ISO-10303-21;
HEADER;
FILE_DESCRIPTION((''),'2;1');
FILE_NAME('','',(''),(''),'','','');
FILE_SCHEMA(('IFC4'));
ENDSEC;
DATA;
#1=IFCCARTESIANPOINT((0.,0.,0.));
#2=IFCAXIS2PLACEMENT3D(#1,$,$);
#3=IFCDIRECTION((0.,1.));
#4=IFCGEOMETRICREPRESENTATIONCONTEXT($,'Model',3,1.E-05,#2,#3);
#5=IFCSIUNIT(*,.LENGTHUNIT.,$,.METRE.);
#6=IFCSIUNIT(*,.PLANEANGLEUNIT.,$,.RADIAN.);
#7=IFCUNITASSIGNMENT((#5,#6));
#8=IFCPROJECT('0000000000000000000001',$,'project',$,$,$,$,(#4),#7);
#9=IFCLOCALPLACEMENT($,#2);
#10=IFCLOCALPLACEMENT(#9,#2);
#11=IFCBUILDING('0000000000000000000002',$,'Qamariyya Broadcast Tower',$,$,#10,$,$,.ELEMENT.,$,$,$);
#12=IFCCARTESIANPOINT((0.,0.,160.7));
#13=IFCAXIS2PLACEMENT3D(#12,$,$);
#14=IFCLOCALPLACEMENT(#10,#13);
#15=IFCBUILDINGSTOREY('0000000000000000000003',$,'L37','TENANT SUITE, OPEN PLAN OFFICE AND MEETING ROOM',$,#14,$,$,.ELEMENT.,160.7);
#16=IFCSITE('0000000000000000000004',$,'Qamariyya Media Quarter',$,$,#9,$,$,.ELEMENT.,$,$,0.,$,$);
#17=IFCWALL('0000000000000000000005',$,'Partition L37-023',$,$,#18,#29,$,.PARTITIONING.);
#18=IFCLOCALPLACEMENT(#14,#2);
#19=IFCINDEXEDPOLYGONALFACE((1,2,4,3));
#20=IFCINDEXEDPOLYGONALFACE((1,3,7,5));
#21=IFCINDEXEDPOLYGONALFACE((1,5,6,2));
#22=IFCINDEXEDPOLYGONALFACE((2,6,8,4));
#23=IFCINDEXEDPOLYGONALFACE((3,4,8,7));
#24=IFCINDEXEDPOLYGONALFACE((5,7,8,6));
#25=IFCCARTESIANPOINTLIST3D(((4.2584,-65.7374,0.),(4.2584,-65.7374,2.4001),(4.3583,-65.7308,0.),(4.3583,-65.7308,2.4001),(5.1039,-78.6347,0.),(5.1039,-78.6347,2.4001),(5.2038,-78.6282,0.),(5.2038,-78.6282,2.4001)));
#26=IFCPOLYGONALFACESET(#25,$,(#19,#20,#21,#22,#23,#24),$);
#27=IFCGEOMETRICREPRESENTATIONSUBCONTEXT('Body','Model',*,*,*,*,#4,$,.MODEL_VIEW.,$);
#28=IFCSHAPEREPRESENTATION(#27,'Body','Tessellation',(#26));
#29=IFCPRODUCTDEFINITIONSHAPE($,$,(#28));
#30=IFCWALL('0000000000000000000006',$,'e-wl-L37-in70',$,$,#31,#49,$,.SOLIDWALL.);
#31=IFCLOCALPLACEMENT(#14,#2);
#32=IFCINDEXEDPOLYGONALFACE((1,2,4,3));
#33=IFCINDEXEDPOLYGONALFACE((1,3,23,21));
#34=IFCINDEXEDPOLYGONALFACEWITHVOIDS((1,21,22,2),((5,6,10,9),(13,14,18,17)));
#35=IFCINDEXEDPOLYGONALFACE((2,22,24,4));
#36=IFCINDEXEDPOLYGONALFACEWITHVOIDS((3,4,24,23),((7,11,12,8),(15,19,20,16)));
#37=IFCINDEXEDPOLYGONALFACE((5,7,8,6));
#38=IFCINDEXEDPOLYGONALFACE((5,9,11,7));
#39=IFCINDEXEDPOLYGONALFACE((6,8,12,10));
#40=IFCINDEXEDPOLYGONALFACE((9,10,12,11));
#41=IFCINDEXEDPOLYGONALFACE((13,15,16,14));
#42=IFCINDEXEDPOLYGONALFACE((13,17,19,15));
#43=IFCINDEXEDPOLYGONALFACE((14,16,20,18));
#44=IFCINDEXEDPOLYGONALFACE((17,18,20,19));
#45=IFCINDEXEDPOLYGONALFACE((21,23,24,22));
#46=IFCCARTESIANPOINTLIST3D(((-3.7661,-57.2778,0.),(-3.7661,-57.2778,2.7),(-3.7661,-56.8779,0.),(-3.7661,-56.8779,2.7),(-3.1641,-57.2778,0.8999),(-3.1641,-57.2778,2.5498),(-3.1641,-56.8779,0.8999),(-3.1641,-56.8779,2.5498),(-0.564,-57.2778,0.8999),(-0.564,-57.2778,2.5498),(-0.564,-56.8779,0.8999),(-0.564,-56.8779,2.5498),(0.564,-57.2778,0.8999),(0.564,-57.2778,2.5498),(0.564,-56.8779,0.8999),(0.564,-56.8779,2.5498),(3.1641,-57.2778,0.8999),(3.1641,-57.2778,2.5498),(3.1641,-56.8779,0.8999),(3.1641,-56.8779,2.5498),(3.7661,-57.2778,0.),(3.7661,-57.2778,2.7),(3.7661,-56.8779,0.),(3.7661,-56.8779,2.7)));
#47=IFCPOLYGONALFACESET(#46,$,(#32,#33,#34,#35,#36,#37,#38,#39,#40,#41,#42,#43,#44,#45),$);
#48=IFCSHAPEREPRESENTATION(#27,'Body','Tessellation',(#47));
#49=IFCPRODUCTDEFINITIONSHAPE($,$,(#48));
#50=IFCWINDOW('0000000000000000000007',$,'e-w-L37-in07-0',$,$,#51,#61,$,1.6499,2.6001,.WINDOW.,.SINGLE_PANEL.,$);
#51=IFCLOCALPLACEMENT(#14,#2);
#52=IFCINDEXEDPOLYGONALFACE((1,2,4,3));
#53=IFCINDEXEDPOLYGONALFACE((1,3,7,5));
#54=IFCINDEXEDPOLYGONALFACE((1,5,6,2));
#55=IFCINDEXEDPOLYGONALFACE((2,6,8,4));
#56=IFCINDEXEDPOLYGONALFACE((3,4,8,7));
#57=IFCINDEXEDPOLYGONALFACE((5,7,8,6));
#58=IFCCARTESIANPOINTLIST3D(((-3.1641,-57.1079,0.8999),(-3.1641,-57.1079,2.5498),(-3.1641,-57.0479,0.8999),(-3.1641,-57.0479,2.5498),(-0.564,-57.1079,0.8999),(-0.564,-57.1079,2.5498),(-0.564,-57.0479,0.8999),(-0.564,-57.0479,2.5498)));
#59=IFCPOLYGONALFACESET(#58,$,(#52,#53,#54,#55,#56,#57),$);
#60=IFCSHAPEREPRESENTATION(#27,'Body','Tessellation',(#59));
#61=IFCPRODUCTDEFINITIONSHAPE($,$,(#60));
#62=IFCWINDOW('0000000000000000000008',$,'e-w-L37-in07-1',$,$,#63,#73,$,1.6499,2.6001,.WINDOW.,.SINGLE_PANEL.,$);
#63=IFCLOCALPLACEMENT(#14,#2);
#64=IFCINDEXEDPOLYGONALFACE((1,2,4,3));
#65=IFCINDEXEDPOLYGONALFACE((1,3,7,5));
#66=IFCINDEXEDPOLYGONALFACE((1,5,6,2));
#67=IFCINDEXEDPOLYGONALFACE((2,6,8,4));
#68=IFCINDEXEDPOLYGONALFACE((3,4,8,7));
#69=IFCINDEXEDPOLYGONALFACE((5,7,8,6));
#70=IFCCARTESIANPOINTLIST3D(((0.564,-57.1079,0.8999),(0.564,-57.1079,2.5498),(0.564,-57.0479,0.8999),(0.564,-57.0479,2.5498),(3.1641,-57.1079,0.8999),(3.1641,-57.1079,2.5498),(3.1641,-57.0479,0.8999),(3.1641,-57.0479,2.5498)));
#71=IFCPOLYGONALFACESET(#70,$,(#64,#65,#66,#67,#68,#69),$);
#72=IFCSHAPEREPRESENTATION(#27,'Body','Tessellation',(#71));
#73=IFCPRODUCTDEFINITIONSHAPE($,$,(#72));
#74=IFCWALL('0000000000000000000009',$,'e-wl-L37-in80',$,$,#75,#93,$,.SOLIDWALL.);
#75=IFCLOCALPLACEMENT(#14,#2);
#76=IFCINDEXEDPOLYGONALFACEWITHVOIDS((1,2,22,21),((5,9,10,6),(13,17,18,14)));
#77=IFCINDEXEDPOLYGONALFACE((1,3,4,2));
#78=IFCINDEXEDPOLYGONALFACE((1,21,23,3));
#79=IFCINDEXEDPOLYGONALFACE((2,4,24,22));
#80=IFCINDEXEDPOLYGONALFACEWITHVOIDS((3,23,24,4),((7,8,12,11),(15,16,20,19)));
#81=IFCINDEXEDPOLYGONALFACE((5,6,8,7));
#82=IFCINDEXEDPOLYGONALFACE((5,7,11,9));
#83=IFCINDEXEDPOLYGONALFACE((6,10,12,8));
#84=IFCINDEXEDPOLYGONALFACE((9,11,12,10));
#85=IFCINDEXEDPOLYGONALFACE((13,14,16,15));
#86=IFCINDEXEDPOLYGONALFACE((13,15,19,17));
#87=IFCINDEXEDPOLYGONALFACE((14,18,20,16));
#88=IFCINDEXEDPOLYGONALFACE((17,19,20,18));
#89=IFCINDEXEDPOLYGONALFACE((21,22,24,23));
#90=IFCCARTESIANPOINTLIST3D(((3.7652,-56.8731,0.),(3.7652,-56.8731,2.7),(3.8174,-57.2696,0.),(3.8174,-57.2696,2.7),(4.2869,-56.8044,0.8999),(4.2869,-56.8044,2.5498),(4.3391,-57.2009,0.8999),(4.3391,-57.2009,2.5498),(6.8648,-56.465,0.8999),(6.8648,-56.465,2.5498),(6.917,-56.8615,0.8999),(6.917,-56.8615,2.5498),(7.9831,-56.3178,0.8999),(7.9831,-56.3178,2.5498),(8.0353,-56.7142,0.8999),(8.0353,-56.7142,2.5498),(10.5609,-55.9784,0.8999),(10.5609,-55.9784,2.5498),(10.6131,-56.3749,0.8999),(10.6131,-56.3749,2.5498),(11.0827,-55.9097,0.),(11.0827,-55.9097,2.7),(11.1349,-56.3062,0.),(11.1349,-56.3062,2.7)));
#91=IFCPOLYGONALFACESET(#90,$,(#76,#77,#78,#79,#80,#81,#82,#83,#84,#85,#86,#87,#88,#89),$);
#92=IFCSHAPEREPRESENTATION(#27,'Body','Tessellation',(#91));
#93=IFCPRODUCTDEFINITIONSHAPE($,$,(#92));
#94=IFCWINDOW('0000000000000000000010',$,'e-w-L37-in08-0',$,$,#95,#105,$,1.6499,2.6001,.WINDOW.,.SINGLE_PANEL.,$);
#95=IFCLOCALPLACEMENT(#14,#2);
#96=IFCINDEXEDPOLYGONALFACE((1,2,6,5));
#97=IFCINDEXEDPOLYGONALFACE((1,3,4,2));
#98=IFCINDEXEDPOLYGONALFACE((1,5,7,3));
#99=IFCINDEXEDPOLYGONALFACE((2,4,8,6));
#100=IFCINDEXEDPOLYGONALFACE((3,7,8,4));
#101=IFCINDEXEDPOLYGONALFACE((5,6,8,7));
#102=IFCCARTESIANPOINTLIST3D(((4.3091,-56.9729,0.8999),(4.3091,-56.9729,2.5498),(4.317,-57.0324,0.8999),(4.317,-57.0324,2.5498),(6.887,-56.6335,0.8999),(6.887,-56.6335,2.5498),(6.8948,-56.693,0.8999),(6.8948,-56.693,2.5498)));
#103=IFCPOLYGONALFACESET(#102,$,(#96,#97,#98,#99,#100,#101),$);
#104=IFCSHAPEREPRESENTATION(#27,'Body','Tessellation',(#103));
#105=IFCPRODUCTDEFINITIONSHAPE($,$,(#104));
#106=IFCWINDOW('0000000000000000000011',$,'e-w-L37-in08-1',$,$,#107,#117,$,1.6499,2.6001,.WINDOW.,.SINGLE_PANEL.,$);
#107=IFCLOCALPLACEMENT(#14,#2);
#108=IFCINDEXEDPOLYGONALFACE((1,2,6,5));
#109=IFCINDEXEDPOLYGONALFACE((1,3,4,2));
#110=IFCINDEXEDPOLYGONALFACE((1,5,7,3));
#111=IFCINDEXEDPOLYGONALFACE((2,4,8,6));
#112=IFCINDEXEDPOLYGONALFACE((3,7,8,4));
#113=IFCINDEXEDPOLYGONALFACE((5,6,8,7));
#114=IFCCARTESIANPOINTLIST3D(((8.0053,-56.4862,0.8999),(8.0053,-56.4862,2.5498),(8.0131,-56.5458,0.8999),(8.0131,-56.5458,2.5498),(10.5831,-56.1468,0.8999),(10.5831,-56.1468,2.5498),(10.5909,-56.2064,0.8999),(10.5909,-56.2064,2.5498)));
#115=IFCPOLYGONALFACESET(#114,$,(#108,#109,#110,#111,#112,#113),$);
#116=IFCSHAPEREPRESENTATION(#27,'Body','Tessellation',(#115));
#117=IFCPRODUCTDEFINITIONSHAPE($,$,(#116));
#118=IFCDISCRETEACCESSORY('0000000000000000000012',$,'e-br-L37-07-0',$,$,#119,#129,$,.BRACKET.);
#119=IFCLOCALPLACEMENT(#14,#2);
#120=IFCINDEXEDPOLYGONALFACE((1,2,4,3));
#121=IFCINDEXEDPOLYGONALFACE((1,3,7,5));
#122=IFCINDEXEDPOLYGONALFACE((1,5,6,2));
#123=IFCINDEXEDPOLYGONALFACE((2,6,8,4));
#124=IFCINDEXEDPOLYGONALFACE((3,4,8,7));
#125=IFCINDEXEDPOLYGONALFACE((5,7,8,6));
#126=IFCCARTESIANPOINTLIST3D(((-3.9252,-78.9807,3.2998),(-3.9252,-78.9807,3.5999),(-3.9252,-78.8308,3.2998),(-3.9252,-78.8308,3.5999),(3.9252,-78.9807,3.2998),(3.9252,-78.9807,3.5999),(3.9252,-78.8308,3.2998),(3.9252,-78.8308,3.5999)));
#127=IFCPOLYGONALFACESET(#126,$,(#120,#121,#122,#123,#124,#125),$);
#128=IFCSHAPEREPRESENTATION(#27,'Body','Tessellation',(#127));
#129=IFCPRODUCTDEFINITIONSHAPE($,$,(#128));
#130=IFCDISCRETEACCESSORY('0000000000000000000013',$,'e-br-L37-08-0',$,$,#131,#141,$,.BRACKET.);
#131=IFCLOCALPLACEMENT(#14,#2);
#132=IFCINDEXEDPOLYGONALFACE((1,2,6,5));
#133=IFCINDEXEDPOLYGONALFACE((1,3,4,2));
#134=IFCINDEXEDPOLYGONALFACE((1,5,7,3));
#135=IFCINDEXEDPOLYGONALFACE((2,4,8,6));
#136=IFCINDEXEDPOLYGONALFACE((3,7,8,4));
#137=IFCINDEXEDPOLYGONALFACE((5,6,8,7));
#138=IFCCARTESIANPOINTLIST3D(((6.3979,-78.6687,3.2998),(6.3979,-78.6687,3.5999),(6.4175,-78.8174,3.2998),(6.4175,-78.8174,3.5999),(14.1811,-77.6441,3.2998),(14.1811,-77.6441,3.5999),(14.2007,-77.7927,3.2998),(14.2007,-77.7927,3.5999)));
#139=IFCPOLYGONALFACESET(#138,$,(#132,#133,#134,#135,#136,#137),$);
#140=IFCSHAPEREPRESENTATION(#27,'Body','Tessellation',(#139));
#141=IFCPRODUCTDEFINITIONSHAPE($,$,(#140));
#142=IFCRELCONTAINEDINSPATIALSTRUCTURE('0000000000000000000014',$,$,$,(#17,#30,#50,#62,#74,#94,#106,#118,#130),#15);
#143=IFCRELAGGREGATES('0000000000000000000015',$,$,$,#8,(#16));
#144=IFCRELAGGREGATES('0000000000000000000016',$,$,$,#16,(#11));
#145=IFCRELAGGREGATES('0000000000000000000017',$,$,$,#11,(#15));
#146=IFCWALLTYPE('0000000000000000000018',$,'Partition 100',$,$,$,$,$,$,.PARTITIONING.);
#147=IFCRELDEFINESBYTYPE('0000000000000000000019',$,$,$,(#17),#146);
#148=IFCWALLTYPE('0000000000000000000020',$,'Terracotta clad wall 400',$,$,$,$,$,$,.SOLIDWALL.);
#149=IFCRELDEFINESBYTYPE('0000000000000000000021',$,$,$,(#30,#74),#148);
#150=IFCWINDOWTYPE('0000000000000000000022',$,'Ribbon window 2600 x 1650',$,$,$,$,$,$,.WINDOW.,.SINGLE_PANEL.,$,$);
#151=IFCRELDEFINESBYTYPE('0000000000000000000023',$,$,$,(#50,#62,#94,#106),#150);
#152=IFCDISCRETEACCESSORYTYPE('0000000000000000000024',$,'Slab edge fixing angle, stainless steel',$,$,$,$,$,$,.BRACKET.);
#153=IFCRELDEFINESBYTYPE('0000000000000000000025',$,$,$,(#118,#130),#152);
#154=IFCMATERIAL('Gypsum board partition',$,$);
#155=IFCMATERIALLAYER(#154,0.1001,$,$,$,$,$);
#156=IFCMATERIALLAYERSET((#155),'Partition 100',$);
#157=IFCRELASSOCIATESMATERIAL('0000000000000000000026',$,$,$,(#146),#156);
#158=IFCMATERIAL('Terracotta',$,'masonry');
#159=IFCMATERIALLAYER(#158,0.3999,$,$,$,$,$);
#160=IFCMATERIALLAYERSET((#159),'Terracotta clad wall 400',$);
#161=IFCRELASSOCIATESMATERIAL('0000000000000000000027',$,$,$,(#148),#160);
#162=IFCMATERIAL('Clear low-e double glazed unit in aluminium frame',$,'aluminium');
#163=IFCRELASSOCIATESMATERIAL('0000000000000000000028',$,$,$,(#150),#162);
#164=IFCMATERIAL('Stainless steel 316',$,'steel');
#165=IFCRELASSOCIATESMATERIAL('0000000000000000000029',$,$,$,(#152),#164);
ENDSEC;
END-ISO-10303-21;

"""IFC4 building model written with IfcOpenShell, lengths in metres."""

from ifc_helpers import new_model, si_unit, direction, frame, frame_2d, origin, origin_2d, place, context, subcontext, project, spatial, rectangle, extrude, material, layer, layer_set, type_object, element, fill, save


model = new_model("IFC4")

# Units and contexts
model_context = context("Model", 3, precision=1e-05, world=origin(), true_north=direction((0.0, 1.0)))
body_context = subcontext(model_context, "Body", "Model", "MODEL_VIEW")
ifc_project = project(units=[si_unit("LENGTHUNIT", "METRE"), si_unit("PLANEANGLEUNIT", "RADIAN")], contexts=[model_context])

# Site, building, storey
site_placement = place(None, origin())
site = spatial("IfcSite", under=ifc_project, at=site_placement, Name="Qamariyya Media Quarter", CompositionType="ELEMENT", RefElevation=0.0)
building_placement = place(site_placement, origin())
building = spatial("IfcBuilding", under=site, at=building_placement, Name="Qamariyya Broadcast Tower", CompositionType="ELEMENT")
storey_placement = place(building_placement, frame((0.0, 0.0, 160.7)))
storey = spatial("IfcBuildingStorey", under=building, at=storey_placement, Name="L37", Description="TENANT SUITE, OPEN PLAN OFFICE AND MEETING ROOM", CompositionType="ELEMENT", Elevation=160.7)

# Shared definitions
ifc_material_1 = material(Name="Gypsum board partition")

# Wall
ifc_layer_1 = layer(ifc_material_1, 0.1001)
ifc_layer_set_1 = layer_set([ifc_layer_1], Name="Partition 100")
wall_type_1 = type_object("IfcWallType", Name="Partition 100", PredefinedType="PARTITIONING", material=ifc_layer_set_1)
wall_1_placement = place(storey_placement, frame((5.1538, -78.6313, 0.0), z_axis=(0.0, 0.0, 1.0), x_axis=(-0.065412, 0.997858, 0.0)))
element("IfcWall", 1, at=wall_1_placement, inside=storey, type_object=wall_type_1, Name="Partition L37-023", PredefinedType="PARTITIONING", context=body_context, shape_type="SweptSolid", body=[
    extrude(rectangle(XDim=12.925, YDim=0.1001, at=frame_2d((6.4624, 0.0))), origin(), (0.0, 0.0, 1.0), 2.4001),
])

# Walls, openings, windows
ifc_material_2 = material(Name="Terracotta", Category="masonry")
ifc_layer_2 = layer(ifc_material_2, 0.3999)
ifc_layer_set_2 = layer_set([ifc_layer_2], Name="Terracotta clad wall 400")
wall_type_2 = type_object("IfcWallType", Name="Terracotta clad wall 400", PredefinedType="SOLIDWALL", material=ifc_layer_set_2)
wall_2_placement = place(storey_placement, frame((3.7661, -57.0779, 0.0), z_axis=(0.0, 0.0, 1.0), x_axis=(-1.0, 0.0, 0.0)))
wall_2 = element("IfcWall", 2, at=wall_2_placement, inside=storey, type_object=wall_type_2, Name="e-wl-L37-in70", PredefinedType="SOLIDWALL", context=body_context, shape_type="SweptSolid", body=[
    extrude(rectangle(XDim=7.5322, YDim=0.3999, at=frame_2d((3.7661, 0.0))), origin(), (0.0, 0.0, 1.0), 2.7),
])
opening_1_placement = place(wall_2_placement, frame((4.3301, 0.0, 0.8999)))
opening_1 = element("IfcOpeningElement", 3, at=opening_1_placement, cuts=wall_2, PredefinedType="OPENING", context=body_context, shape_type="SweptSolid", body=[
    extrude(rectangle(XDim=2.6001, YDim=1.6499, at=frame_2d((1.3, 0.825))), frame((0.0, 0.21, 0.0), z_axis=(0.0, -1.0, 0.0), x_axis=(1.0, 0.0, 0.0)), (0.0, 0.0, 1.0), 0.4199),
])
opening_2_placement = place(wall_2_placement, frame((0.6021, 0.0, 0.8999)))
opening_2 = element("IfcOpeningElement", 4, at=opening_2_placement, cuts=wall_2, PredefinedType="OPENING", context=body_context, shape_type="SweptSolid", body=[
    extrude(rectangle(XDim=2.6001, YDim=1.6499, at=frame_2d((1.3, 0.825))), frame((0.0, 0.21, 0.0), z_axis=(0.0, -1.0, 0.0), x_axis=(1.0, 0.0, 0.0)), (0.0, 0.0, 1.0), 0.4199),
])
ifc_material_3 = material(Name="Clear low-e double glazed unit in aluminium frame", Category="aluminium")
window_type = type_object("IfcWindowType", Name="Ribbon window 2600 x 1650", PartitioningType="SINGLE_PANEL", PredefinedType="WINDOW", material=ifc_material_3)
window_1_placement = place(opening_1_placement, origin())
window_1 = element("IfcWindow", 5, at=window_1_placement, inside=storey, type_object=window_type, Name="e-w-L37-in07-0", OverallHeight=1.6499, OverallWidth=2.6001, PartitioningType="SINGLE_PANEL", PredefinedType="WINDOW", context=body_context, shape_type="SweptSolid", body=[
    extrude(rectangle(XDim=2.6001, YDim=1.6499, at=frame_2d((1.3, 0.825))), frame((0.0, 0.03, 0.0), z_axis=(0.0, -1.0, 0.0), x_axis=(1.0, 0.0, 0.0)), (0.0, 0.0, 1.0), 0.0601),
])
fill(opening_1, window_1)
window_2_placement = place(opening_2_placement, origin())
window_2 = element("IfcWindow", 6, at=window_2_placement, inside=storey, type_object=window_type, Name="e-w-L37-in07-1", OverallHeight=1.6499, OverallWidth=2.6001, PartitioningType="SINGLE_PANEL", PredefinedType="WINDOW", context=body_context, shape_type="SweptSolid", body=[
    extrude(rectangle(XDim=2.6001, YDim=1.6499, at=frame_2d((1.3, 0.825))), frame((0.0, 0.03, 0.0), z_axis=(0.0, -1.0, 0.0), x_axis=(1.0, 0.0, 0.0)), (0.0, 0.0, 1.0), 0.0601),
])
fill(opening_2, window_2)
wall_3_placement = place(storey_placement, frame((11.1089, -56.1079, 0.0), z_axis=(0.0, 0.0, 1.0), x_axis=(-0.991444, -0.13053, 0.0)))
wall_3 = element("IfcWall", 7, at=wall_3_placement, inside=storey, type_object=wall_type_2, Name="e-wl-L37-in80", PredefinedType="SOLIDWALL", context=body_context, shape_type="SweptSolid", body=[
    extrude(rectangle(XDim=7.3806, YDim=0.3999, at=frame_2d((3.6904, 0.0))), origin(), (0.0, 0.0, 1.0), 2.7),
])
opening_3_placement = place(wall_3_placement, frame((4.2544, 0.0, 0.8999)))
opening_3 = element("IfcOpeningElement", 8, at=opening_3_placement, cuts=wall_3, PredefinedType="OPENING", context=body_context, shape_type="SweptSolid", body=[
    extrude(rectangle(XDim=2.6001, YDim=1.6499, at=frame_2d((1.3, 0.825))), frame((0.0, 0.21, 0.0), z_axis=(0.0, -1.0, 0.0), x_axis=(1.0, 0.0, 0.0)), (0.0, 0.0, 1.0), 0.4199),
])
opening_4_placement = place(wall_3_placement, frame((0.5264, 0.0, 0.8999)))
opening_4 = element("IfcOpeningElement", 9, at=opening_4_placement, cuts=wall_3, PredefinedType="OPENING", context=body_context, shape_type="SweptSolid", body=[
    extrude(rectangle(XDim=2.6001, YDim=1.6499, at=frame_2d((1.3, 0.825))), frame((0.0, 0.21, 0.0), z_axis=(0.0, -1.0, 0.0), x_axis=(1.0, 0.0, 0.0)), (0.0, 0.0, 1.0), 0.4199),
])
window_3_placement = place(opening_3_placement, origin())
window_3 = element("IfcWindow", 10, at=window_3_placement, inside=storey, type_object=window_type, Name="e-w-L37-in08-0", OverallHeight=1.6499, OverallWidth=2.6001, PartitioningType="SINGLE_PANEL", PredefinedType="WINDOW", context=body_context, shape_type="SweptSolid", body=[
    extrude(rectangle(XDim=2.6001, YDim=1.6499, at=frame_2d((1.3, 0.825))), frame((0.0, 0.03, 0.0), z_axis=(0.0, -1.0, 0.0), x_axis=(1.0, 0.0, 0.0)), (0.0, 0.0, 1.0), 0.0601),
])
fill(opening_3, window_3)
window_4_placement = place(opening_4_placement, origin())
window_4 = element("IfcWindow", 11, at=window_4_placement, inside=storey, type_object=window_type, Name="e-w-L37-in08-1", OverallHeight=1.6499, OverallWidth=2.6001, PartitioningType="SINGLE_PANEL", PredefinedType="WINDOW", context=body_context, shape_type="SweptSolid", body=[
    extrude(rectangle(XDim=2.6001, YDim=1.6499, at=frame_2d((1.3, 0.825))), frame((0.0, 0.03, 0.0), z_axis=(0.0, -1.0, 0.0), x_axis=(1.0, 0.0, 0.0)), (0.0, 0.0, 1.0), 0.0601),
])
fill(opening_4, window_4)

# Discrete accessories
ifc_material_4 = material(Name="Stainless steel 316", Category="steel")
discrete_accessory_type = type_object("IfcDiscreteAccessoryType", Name="Slab edge fixing angle, stainless steel", PredefinedType="BRACKET", material=ifc_material_4)
for number, where, z_axis, x_axis, name in (
    (12, (0.0, -78.9058, 3.2998), (0.0, 0.0, 1.0), (1.0, 0.0, 0.0), "e-br-L37-07-0"),
    (13, (10.2993, -78.2307, 3.2998), (0.0, 0.0, 1.0), (0.991445, 0.130526, 0.0), "e-br-L37-08-0"),
):
    element("IfcDiscreteAccessory", number, at=place(storey_placement, frame(where, z_axis=z_axis, x_axis=x_axis)), inside=storey, type_object=discrete_accessory_type, Name=name, PredefinedType="BRACKET", context=body_context, shape_type="SweptSolid", body=[
        extrude(rectangle(XDim=7.8503, YDim=0.1499, at=origin_2d()), origin(), (0.0, 0.0, 1.0), 0.3),
    ])

save(model, "model.ifc")
